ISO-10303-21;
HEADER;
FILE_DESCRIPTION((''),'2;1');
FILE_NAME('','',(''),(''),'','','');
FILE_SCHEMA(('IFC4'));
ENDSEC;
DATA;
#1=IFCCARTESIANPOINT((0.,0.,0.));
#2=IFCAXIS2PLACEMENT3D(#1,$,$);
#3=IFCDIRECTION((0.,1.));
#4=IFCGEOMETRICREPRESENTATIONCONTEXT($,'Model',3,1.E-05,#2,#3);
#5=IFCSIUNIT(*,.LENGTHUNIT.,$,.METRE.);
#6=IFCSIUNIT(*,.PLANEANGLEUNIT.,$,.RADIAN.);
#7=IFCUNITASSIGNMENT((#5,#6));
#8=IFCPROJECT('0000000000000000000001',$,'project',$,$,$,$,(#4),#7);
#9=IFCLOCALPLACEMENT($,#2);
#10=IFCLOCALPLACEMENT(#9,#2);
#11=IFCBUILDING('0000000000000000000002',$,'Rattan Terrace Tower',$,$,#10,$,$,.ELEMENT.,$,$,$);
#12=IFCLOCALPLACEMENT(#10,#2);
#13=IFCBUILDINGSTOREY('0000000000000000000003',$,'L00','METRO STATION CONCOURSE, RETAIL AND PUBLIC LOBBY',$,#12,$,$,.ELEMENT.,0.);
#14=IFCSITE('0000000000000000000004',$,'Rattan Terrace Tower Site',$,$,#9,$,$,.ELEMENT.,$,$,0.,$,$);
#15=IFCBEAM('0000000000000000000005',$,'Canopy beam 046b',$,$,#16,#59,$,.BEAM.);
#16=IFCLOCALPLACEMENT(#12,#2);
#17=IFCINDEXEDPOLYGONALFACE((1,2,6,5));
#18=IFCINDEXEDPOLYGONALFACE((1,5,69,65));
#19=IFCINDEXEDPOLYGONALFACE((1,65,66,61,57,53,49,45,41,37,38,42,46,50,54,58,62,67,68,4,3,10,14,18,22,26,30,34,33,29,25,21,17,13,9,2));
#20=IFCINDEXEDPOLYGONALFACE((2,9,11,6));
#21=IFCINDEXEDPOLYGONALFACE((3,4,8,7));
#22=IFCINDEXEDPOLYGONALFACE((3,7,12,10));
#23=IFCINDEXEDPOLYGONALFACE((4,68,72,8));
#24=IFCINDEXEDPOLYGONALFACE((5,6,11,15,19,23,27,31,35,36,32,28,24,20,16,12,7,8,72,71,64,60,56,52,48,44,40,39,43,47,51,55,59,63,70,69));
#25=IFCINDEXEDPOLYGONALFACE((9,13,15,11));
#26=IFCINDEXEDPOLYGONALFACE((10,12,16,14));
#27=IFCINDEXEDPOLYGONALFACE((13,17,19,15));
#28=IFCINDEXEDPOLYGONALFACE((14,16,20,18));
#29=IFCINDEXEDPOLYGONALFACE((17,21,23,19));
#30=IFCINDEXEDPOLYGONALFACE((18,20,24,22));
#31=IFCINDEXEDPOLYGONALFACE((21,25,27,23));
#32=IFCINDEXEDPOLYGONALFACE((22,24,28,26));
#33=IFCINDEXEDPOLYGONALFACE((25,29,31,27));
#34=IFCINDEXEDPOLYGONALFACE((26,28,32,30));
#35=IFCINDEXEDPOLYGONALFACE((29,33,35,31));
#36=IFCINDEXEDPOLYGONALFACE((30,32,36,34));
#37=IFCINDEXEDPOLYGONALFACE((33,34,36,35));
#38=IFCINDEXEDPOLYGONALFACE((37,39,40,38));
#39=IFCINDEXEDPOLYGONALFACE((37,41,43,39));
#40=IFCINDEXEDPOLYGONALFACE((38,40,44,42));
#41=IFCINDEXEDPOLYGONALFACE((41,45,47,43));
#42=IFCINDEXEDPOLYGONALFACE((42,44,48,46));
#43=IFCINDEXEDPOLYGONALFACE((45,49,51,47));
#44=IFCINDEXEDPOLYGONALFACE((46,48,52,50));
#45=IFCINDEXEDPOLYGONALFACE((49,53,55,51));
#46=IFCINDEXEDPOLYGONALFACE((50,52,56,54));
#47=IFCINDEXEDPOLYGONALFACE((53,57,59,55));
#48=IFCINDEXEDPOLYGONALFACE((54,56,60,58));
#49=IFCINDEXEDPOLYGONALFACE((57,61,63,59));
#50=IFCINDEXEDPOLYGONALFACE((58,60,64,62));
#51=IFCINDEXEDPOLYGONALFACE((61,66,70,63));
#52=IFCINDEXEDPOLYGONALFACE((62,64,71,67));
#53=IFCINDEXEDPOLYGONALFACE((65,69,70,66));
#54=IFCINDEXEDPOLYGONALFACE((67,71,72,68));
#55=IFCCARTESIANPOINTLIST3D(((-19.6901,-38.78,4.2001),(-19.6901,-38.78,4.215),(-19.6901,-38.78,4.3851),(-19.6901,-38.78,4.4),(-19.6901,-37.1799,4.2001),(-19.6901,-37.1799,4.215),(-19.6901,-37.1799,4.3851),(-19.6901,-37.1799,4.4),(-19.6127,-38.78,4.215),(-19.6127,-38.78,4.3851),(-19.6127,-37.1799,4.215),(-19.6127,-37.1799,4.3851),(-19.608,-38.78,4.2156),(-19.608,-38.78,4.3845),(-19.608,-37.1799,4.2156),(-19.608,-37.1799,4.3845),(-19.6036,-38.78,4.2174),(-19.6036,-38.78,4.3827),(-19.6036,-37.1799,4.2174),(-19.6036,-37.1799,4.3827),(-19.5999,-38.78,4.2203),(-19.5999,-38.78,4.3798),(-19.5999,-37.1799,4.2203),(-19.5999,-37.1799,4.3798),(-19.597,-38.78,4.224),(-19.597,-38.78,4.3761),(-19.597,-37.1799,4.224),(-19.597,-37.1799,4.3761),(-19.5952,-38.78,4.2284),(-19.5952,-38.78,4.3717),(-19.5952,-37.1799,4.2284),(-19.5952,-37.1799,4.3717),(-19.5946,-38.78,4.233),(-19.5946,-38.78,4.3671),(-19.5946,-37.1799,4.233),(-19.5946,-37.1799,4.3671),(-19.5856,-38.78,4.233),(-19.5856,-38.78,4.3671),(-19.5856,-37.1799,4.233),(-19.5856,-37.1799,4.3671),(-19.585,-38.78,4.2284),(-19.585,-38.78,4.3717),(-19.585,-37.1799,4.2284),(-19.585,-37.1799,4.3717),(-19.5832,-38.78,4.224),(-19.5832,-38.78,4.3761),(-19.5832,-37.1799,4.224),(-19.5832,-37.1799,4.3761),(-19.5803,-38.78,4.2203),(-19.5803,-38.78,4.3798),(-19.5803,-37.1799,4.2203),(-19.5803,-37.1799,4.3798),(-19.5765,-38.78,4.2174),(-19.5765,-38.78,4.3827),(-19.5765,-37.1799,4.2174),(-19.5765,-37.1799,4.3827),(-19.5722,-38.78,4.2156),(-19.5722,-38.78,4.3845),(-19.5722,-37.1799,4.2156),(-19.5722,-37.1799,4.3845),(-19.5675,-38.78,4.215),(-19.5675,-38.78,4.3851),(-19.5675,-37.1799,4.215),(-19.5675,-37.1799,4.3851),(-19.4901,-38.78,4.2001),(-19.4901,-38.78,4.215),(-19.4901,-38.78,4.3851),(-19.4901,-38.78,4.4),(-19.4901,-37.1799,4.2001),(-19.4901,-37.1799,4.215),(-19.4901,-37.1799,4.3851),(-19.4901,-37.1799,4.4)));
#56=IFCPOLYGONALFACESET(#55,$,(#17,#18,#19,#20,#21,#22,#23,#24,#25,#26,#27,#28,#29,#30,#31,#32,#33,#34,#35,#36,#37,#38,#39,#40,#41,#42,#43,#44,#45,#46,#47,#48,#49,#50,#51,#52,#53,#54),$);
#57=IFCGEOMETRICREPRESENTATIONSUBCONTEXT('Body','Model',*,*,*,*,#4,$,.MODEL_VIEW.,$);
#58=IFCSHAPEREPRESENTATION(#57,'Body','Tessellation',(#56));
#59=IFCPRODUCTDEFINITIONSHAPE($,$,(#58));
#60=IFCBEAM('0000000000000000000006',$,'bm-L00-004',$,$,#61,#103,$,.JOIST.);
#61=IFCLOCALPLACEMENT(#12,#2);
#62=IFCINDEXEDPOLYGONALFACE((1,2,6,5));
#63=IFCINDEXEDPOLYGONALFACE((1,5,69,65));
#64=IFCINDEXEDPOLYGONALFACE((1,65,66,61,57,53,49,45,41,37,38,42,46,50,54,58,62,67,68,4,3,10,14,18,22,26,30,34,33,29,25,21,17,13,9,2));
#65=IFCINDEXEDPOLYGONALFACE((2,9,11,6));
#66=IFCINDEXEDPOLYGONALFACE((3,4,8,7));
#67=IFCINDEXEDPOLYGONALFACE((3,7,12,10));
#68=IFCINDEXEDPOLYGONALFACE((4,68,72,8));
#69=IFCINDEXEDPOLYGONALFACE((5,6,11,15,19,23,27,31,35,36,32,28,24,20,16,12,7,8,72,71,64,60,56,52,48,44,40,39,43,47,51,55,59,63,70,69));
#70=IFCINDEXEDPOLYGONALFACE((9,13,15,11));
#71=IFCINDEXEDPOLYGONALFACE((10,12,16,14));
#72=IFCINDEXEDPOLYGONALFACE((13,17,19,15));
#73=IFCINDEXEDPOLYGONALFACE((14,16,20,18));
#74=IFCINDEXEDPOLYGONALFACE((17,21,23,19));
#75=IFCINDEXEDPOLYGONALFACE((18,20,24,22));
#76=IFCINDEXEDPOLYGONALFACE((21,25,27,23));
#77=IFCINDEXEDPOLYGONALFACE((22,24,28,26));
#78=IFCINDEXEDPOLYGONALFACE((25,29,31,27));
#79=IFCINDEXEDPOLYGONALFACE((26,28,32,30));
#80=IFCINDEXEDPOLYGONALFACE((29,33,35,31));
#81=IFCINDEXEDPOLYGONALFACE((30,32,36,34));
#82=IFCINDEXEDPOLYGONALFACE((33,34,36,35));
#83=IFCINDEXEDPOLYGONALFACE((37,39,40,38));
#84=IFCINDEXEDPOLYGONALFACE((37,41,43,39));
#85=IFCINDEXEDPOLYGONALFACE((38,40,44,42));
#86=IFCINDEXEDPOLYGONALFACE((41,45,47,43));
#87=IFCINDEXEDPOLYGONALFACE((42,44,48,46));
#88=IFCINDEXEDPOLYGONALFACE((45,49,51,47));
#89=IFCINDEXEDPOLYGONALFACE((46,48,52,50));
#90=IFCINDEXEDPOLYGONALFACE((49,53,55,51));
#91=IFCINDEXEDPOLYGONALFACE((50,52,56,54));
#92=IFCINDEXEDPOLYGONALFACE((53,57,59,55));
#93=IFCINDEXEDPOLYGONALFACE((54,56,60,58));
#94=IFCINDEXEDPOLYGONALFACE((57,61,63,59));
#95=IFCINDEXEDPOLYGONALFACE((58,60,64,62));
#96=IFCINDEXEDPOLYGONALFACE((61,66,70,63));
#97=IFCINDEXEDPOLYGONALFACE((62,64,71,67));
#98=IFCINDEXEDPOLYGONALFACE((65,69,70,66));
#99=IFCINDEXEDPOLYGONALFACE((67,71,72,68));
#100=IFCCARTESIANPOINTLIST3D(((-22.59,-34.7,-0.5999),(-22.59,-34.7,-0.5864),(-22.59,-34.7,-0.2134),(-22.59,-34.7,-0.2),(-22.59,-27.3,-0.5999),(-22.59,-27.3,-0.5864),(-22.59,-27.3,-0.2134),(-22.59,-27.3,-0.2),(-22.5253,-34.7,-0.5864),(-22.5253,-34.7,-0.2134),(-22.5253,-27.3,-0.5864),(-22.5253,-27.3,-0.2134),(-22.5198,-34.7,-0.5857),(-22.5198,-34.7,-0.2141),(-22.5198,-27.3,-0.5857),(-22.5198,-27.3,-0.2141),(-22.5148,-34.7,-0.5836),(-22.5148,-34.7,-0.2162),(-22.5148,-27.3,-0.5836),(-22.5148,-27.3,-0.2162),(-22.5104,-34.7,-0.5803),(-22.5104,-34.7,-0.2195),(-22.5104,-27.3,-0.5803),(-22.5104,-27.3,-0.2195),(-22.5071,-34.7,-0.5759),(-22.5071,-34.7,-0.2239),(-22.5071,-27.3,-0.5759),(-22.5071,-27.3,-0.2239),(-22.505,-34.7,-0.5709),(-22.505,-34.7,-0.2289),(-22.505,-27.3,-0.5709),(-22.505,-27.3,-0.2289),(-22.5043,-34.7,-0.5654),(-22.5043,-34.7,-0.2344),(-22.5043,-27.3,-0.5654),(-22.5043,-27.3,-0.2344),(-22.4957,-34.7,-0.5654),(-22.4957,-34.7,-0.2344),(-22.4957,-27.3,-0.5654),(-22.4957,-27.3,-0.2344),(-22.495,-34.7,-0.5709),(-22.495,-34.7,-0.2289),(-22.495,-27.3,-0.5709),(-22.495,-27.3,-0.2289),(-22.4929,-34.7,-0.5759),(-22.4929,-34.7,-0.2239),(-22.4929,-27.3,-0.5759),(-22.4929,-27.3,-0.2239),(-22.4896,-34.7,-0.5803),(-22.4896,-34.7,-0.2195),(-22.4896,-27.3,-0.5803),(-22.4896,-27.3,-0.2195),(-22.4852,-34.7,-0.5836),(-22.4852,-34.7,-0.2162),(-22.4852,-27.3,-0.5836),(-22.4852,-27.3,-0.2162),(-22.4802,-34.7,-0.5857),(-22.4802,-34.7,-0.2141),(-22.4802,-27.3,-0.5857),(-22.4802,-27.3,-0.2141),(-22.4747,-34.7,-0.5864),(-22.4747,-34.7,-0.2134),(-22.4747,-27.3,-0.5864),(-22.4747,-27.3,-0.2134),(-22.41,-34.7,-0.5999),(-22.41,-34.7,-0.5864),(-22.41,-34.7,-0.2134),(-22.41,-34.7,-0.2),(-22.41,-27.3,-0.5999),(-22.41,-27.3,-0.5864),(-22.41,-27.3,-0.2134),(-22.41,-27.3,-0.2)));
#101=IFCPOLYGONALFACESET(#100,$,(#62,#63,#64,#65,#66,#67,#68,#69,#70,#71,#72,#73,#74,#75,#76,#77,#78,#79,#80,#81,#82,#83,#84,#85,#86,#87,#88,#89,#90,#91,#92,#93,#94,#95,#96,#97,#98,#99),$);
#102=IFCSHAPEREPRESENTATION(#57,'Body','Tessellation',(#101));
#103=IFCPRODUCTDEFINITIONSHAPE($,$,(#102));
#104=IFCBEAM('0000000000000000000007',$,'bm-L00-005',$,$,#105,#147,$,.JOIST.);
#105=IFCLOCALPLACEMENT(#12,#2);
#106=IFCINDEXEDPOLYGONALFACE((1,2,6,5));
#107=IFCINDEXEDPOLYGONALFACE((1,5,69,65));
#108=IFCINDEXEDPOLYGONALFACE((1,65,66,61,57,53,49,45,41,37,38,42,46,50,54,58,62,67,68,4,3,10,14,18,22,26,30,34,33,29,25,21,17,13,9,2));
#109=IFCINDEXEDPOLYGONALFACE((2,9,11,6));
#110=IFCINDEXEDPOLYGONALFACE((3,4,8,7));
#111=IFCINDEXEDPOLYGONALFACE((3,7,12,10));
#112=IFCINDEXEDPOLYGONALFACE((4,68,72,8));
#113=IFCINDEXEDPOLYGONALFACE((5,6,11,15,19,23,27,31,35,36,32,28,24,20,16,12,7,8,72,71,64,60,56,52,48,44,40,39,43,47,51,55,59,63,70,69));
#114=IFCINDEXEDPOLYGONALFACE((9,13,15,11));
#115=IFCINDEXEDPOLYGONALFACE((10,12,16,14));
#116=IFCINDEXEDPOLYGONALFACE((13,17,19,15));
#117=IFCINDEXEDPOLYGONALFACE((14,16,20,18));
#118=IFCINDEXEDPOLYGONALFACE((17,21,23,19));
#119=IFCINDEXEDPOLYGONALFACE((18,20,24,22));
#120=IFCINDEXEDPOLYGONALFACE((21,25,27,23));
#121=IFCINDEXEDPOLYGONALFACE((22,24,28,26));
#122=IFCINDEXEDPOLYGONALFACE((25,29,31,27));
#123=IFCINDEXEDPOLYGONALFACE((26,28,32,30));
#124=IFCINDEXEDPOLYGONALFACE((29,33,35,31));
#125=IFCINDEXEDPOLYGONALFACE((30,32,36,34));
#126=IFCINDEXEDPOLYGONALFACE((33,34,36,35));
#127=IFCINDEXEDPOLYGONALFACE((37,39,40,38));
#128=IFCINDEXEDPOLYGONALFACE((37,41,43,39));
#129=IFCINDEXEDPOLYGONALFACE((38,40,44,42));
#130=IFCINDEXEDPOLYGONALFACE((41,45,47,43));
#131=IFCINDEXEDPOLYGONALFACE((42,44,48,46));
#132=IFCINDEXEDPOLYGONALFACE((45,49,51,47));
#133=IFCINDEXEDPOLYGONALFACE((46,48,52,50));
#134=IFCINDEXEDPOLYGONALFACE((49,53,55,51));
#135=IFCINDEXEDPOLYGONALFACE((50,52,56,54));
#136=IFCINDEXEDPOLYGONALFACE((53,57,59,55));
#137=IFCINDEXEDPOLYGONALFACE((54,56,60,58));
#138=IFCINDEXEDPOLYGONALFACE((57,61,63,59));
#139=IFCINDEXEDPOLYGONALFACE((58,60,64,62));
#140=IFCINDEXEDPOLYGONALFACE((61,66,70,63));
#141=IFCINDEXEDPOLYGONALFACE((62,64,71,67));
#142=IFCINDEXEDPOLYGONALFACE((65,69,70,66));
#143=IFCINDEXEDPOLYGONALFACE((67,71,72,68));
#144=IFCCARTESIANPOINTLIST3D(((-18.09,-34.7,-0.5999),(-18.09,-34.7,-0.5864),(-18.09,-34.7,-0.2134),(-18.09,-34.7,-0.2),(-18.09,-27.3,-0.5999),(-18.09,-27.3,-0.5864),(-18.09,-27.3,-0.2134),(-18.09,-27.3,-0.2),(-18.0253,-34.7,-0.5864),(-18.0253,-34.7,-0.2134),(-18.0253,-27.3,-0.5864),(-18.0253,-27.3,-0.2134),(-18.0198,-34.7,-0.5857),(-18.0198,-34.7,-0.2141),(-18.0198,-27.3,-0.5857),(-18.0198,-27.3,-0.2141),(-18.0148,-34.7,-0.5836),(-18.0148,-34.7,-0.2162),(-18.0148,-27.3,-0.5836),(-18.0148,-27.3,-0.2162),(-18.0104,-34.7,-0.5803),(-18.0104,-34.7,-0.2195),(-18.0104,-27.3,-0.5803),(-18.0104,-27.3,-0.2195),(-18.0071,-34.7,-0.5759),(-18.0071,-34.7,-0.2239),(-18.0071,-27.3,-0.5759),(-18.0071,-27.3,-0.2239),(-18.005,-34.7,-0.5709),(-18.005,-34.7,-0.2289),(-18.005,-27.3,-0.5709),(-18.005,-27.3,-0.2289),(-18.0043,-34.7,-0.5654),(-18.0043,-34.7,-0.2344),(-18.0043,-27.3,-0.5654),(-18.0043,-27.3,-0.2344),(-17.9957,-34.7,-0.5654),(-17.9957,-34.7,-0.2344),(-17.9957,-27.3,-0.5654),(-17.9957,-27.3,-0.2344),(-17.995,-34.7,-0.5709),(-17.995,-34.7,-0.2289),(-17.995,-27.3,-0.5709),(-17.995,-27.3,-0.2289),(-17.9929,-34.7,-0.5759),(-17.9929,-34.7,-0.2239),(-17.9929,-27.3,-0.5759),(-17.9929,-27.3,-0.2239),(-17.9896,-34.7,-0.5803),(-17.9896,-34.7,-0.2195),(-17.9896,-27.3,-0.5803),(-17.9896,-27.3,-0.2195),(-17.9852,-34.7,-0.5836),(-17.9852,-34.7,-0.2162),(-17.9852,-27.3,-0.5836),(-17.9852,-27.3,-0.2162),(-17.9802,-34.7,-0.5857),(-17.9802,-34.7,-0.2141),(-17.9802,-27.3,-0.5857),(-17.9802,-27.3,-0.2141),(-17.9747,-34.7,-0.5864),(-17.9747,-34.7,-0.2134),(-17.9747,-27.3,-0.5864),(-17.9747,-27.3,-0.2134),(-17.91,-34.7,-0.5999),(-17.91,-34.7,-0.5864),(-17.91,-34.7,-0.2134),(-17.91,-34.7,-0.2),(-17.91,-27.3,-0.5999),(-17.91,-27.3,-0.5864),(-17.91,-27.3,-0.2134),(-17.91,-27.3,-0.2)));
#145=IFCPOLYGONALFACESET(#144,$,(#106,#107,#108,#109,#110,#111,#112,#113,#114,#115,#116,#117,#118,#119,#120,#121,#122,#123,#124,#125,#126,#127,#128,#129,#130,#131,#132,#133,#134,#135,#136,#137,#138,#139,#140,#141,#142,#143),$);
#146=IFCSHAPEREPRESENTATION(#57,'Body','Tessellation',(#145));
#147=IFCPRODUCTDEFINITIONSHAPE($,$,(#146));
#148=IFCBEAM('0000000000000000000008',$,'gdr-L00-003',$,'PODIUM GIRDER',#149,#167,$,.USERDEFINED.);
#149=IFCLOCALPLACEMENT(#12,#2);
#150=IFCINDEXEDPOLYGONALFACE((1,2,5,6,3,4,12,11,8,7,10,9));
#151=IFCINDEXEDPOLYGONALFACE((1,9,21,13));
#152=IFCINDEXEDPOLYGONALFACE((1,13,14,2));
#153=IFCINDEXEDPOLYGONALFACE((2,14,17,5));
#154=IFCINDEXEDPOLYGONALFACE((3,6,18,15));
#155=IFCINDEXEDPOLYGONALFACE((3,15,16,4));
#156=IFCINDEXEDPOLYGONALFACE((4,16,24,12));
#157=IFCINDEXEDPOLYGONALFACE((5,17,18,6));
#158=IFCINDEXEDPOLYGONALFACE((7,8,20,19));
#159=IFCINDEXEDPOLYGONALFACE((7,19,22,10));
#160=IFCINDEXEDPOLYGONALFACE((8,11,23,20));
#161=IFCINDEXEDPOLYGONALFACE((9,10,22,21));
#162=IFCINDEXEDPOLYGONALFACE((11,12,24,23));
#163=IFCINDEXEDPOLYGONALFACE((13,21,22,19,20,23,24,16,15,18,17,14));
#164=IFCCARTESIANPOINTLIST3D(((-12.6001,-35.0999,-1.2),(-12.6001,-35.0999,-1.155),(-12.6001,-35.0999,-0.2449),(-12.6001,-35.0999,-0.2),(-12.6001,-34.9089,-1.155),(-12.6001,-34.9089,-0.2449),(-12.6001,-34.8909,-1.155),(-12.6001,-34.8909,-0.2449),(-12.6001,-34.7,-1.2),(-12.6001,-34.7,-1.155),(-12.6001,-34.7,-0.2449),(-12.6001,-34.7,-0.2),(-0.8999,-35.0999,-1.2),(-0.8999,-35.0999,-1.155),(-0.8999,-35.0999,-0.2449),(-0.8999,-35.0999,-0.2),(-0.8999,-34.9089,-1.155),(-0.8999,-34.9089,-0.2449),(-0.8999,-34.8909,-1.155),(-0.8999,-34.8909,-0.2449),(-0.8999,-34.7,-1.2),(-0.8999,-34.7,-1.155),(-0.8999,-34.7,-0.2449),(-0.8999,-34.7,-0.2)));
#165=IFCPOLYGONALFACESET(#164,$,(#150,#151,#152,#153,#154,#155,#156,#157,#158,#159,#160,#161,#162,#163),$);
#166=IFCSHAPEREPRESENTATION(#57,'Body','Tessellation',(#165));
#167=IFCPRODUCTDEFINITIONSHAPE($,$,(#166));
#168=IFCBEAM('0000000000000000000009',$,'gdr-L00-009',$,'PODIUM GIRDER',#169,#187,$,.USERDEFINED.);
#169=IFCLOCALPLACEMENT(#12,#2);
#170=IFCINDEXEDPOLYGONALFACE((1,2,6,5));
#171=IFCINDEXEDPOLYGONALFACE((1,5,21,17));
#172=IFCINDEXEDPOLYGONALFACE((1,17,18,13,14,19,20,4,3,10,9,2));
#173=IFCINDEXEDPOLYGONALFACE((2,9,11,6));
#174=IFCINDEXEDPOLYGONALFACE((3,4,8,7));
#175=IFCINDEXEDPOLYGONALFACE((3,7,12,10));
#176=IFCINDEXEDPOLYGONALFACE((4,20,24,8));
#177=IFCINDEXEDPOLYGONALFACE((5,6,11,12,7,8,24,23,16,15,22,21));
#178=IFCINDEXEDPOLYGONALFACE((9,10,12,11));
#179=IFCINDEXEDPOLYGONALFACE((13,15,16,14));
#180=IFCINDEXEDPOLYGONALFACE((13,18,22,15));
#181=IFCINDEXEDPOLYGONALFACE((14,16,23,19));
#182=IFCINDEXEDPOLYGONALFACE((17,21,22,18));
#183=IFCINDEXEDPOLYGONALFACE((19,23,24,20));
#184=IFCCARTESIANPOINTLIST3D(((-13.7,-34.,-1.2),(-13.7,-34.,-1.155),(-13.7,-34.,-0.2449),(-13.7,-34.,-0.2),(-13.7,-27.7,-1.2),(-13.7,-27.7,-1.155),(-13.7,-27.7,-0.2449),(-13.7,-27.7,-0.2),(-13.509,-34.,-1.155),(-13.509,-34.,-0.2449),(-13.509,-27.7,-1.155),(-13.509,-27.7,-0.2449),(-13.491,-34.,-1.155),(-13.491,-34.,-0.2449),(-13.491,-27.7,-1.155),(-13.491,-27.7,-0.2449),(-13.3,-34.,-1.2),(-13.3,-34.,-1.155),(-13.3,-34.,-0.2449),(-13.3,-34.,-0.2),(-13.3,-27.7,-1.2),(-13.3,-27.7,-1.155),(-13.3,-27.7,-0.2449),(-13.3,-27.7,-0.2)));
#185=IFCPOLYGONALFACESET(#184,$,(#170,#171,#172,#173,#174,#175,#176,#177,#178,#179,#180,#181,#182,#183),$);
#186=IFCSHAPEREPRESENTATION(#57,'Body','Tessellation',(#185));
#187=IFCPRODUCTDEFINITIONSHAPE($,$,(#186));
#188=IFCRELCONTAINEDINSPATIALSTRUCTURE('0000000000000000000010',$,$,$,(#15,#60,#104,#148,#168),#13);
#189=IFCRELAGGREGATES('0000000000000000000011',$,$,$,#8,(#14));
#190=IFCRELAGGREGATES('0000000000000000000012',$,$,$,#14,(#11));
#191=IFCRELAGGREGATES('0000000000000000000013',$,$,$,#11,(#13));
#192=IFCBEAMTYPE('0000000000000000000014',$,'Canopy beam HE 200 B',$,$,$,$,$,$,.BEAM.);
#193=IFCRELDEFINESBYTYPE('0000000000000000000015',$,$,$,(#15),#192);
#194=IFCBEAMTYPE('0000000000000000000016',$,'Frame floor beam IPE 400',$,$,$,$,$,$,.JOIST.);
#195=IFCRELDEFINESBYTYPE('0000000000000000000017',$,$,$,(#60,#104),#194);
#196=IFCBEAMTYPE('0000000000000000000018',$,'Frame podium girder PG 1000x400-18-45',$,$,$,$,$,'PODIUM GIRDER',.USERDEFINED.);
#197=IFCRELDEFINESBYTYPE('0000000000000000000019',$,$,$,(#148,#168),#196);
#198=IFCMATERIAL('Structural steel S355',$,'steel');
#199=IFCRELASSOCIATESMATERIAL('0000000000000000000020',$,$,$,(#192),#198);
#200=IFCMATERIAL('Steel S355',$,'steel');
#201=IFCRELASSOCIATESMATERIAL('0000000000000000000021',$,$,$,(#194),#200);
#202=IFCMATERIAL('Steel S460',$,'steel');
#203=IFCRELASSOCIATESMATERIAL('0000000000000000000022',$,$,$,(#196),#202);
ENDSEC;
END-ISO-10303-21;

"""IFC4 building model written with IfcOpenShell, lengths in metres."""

from ifc_helpers import new_model, si_unit, direction, frame, origin, origin_2d, place, context, subcontext, project, spatial, i_section, extrude, material, material_profile, profile_set, type_object, element, save


model = new_model("IFC4")

# Units and contexts
model_context = context("Model", 3, precision=1e-05, world=origin(), true_north=direction((0.0, 1.0)))
body_context = subcontext(model_context, "Body", "Model", "MODEL_VIEW")
ifc_project = project(units=[si_unit("LENGTHUNIT", "METRE"), si_unit("PLANEANGLEUNIT", "RADIAN")], contexts=[model_context])

# Site, building, storey
site_placement = place(None, origin())
site = spatial("IfcSite", under=ifc_project, at=site_placement, Name="Rattan Terrace Tower Site", CompositionType="ELEMENT", RefElevation=0.0)
building_placement = place(site_placement, origin())
building = spatial("IfcBuilding", under=site, at=building_placement, Name="Rattan Terrace Tower", CompositionType="ELEMENT")
storey_placement = place(building_placement, origin())
storey = spatial("IfcBuildingStorey", under=building, at=storey_placement, Name="L00", Description="METRO STATION CONCOURSE, RETAIL AND PUBLIC LOBBY", CompositionType="ELEMENT", Elevation=0.0)

# Beams
ifc_material_1 = material(Name="Structural steel S355", Category="steel")
ifc_material_profile_1 = material_profile(ifc_material_1, i_section(OverallWidth=0.2, OverallDepth=0.2, WebThickness=0.009, FlangeThickness=0.0149, FilletRadius=0.0181, at=origin_2d()), Name="HE 200 B")
ifc_profile_set_1 = profile_set([ifc_material_profile_1], Name="Structural steel S355")
beam_type_1 = type_object("IfcBeamType", Name="Canopy beam HE 200 B", PredefinedType="BEAM", material=ifc_profile_set_1)
for number, where, z_axis, x_axis, name in (
    (1, (-19.5901, -37.1799, 4.3), (0.0, -1.0, 0.0), (1.0, 0.0, 0.0), "Canopy beam 046b"),
):
    element("IfcBeam", number, at=place(storey_placement, frame(where, z_axis=z_axis, x_axis=x_axis)), inside=storey, type_object=beam_type_1, Name=name, PredefinedType="BEAM", context=body_context, shape_type="SweptSolid", body=[
        extrude(i_section(OverallWidth=0.2, OverallDepth=0.2, WebThickness=0.009, FlangeThickness=0.0149, FilletRadius=0.0181, at=origin_2d()), origin(), (0.0, 0.0, 1.0), 1.6001),
    ])
ifc_material_2 = material(Name="Steel S355", Category="steel")
ifc_material_profile_2 = material_profile(ifc_material_2, i_section(OverallWidth=0.1799, OverallDepth=0.3999, WebThickness=0.0085, FlangeThickness=0.0134, FilletRadius=0.021, at=origin_2d()), Name="IPE 400")
ifc_profile_set_2 = profile_set([ifc_material_profile_2], Name="Steel S355")
beam_type_2 = type_object("IfcBeamType", Name="Frame floor beam IPE 400", PredefinedType="JOIST", material=ifc_profile_set_2)
for number, where, z_axis, x_axis, name in (
    (2, (-22.5, -34.7, -0.3999), (0.0, 1.0, 0.0), (-1.0, 0.0, 0.0), "bm-L00-004"),
    (3, (-18.0, -34.7, -0.3999), (0.0, 1.0, 0.0), (-1.0, 0.0, 0.0), "bm-L00-005"),
):
    element("IfcBeam", number, at=place(storey_placement, frame(where, z_axis=z_axis, x_axis=x_axis)), inside=storey, type_object=beam_type_2, Name=name, PredefinedType="JOIST", context=body_context, shape_type="SweptSolid", body=[
        extrude(i_section(OverallWidth=0.1799, OverallDepth=0.3999, WebThickness=0.0085, FlangeThickness=0.0134, FilletRadius=0.021, at=origin_2d()), origin(), (0.0, 0.0, 1.0), 7.3999),
    ])
ifc_material_3 = material(Name="Steel S460", Category="steel")
ifc_material_profile_3 = material_profile(ifc_material_3, i_section(OverallWidth=0.3999, OverallDepth=1.0, WebThickness=0.0181, FlangeThickness=0.0449, at=origin_2d()), Name="PG 1000x400-18-45")
ifc_profile_set_3 = profile_set([ifc_material_profile_3], Name="Steel S460")
beam_type_3 = type_object("IfcBeamType", Name="Frame podium girder PG 1000x400-18-45", ElementType="PODIUM GIRDER", PredefinedType="USERDEFINED", material=ifc_profile_set_3)
beam_1_placement = place(storey_placement, frame((-12.6001, -34.8999, -0.7), z_axis=(1.0, 0.0, 0.0), x_axis=(0.0, 1.0, 0.0)))
element("IfcBeam", 4, at=beam_1_placement, inside=storey, type_object=beam_type_3, Name="gdr-L00-003", ObjectType="PODIUM GIRDER", PredefinedType="USERDEFINED", context=body_context, shape_type="SweptSolid", body=[
    extrude(i_section(OverallWidth=0.3999, OverallDepth=1.0, WebThickness=0.0181, FlangeThickness=0.0449, at=origin_2d()), origin(), (0.0, 0.0, 1.0), 11.7002),
])
beam_2_placement = place(storey_placement, frame((-13.5, -34.0, -0.7), z_axis=(0.0, 1.0, 0.0), x_axis=(-1.0, 0.0, 0.0)))
element("IfcBeam", 5, at=beam_2_placement, inside=storey, type_object=beam_type_3, Name="gdr-L00-009", ObjectType="PODIUM GIRDER", PredefinedType="USERDEFINED", context=body_context, shape_type="SweptSolid", body=[
    extrude(i_section(OverallWidth=0.3999, OverallDepth=1.0, WebThickness=0.0181, FlangeThickness=0.0449, at=origin_2d()), origin(), (0.0, 0.0, 1.0), 6.3),
])

save(model, "model.ifc")
